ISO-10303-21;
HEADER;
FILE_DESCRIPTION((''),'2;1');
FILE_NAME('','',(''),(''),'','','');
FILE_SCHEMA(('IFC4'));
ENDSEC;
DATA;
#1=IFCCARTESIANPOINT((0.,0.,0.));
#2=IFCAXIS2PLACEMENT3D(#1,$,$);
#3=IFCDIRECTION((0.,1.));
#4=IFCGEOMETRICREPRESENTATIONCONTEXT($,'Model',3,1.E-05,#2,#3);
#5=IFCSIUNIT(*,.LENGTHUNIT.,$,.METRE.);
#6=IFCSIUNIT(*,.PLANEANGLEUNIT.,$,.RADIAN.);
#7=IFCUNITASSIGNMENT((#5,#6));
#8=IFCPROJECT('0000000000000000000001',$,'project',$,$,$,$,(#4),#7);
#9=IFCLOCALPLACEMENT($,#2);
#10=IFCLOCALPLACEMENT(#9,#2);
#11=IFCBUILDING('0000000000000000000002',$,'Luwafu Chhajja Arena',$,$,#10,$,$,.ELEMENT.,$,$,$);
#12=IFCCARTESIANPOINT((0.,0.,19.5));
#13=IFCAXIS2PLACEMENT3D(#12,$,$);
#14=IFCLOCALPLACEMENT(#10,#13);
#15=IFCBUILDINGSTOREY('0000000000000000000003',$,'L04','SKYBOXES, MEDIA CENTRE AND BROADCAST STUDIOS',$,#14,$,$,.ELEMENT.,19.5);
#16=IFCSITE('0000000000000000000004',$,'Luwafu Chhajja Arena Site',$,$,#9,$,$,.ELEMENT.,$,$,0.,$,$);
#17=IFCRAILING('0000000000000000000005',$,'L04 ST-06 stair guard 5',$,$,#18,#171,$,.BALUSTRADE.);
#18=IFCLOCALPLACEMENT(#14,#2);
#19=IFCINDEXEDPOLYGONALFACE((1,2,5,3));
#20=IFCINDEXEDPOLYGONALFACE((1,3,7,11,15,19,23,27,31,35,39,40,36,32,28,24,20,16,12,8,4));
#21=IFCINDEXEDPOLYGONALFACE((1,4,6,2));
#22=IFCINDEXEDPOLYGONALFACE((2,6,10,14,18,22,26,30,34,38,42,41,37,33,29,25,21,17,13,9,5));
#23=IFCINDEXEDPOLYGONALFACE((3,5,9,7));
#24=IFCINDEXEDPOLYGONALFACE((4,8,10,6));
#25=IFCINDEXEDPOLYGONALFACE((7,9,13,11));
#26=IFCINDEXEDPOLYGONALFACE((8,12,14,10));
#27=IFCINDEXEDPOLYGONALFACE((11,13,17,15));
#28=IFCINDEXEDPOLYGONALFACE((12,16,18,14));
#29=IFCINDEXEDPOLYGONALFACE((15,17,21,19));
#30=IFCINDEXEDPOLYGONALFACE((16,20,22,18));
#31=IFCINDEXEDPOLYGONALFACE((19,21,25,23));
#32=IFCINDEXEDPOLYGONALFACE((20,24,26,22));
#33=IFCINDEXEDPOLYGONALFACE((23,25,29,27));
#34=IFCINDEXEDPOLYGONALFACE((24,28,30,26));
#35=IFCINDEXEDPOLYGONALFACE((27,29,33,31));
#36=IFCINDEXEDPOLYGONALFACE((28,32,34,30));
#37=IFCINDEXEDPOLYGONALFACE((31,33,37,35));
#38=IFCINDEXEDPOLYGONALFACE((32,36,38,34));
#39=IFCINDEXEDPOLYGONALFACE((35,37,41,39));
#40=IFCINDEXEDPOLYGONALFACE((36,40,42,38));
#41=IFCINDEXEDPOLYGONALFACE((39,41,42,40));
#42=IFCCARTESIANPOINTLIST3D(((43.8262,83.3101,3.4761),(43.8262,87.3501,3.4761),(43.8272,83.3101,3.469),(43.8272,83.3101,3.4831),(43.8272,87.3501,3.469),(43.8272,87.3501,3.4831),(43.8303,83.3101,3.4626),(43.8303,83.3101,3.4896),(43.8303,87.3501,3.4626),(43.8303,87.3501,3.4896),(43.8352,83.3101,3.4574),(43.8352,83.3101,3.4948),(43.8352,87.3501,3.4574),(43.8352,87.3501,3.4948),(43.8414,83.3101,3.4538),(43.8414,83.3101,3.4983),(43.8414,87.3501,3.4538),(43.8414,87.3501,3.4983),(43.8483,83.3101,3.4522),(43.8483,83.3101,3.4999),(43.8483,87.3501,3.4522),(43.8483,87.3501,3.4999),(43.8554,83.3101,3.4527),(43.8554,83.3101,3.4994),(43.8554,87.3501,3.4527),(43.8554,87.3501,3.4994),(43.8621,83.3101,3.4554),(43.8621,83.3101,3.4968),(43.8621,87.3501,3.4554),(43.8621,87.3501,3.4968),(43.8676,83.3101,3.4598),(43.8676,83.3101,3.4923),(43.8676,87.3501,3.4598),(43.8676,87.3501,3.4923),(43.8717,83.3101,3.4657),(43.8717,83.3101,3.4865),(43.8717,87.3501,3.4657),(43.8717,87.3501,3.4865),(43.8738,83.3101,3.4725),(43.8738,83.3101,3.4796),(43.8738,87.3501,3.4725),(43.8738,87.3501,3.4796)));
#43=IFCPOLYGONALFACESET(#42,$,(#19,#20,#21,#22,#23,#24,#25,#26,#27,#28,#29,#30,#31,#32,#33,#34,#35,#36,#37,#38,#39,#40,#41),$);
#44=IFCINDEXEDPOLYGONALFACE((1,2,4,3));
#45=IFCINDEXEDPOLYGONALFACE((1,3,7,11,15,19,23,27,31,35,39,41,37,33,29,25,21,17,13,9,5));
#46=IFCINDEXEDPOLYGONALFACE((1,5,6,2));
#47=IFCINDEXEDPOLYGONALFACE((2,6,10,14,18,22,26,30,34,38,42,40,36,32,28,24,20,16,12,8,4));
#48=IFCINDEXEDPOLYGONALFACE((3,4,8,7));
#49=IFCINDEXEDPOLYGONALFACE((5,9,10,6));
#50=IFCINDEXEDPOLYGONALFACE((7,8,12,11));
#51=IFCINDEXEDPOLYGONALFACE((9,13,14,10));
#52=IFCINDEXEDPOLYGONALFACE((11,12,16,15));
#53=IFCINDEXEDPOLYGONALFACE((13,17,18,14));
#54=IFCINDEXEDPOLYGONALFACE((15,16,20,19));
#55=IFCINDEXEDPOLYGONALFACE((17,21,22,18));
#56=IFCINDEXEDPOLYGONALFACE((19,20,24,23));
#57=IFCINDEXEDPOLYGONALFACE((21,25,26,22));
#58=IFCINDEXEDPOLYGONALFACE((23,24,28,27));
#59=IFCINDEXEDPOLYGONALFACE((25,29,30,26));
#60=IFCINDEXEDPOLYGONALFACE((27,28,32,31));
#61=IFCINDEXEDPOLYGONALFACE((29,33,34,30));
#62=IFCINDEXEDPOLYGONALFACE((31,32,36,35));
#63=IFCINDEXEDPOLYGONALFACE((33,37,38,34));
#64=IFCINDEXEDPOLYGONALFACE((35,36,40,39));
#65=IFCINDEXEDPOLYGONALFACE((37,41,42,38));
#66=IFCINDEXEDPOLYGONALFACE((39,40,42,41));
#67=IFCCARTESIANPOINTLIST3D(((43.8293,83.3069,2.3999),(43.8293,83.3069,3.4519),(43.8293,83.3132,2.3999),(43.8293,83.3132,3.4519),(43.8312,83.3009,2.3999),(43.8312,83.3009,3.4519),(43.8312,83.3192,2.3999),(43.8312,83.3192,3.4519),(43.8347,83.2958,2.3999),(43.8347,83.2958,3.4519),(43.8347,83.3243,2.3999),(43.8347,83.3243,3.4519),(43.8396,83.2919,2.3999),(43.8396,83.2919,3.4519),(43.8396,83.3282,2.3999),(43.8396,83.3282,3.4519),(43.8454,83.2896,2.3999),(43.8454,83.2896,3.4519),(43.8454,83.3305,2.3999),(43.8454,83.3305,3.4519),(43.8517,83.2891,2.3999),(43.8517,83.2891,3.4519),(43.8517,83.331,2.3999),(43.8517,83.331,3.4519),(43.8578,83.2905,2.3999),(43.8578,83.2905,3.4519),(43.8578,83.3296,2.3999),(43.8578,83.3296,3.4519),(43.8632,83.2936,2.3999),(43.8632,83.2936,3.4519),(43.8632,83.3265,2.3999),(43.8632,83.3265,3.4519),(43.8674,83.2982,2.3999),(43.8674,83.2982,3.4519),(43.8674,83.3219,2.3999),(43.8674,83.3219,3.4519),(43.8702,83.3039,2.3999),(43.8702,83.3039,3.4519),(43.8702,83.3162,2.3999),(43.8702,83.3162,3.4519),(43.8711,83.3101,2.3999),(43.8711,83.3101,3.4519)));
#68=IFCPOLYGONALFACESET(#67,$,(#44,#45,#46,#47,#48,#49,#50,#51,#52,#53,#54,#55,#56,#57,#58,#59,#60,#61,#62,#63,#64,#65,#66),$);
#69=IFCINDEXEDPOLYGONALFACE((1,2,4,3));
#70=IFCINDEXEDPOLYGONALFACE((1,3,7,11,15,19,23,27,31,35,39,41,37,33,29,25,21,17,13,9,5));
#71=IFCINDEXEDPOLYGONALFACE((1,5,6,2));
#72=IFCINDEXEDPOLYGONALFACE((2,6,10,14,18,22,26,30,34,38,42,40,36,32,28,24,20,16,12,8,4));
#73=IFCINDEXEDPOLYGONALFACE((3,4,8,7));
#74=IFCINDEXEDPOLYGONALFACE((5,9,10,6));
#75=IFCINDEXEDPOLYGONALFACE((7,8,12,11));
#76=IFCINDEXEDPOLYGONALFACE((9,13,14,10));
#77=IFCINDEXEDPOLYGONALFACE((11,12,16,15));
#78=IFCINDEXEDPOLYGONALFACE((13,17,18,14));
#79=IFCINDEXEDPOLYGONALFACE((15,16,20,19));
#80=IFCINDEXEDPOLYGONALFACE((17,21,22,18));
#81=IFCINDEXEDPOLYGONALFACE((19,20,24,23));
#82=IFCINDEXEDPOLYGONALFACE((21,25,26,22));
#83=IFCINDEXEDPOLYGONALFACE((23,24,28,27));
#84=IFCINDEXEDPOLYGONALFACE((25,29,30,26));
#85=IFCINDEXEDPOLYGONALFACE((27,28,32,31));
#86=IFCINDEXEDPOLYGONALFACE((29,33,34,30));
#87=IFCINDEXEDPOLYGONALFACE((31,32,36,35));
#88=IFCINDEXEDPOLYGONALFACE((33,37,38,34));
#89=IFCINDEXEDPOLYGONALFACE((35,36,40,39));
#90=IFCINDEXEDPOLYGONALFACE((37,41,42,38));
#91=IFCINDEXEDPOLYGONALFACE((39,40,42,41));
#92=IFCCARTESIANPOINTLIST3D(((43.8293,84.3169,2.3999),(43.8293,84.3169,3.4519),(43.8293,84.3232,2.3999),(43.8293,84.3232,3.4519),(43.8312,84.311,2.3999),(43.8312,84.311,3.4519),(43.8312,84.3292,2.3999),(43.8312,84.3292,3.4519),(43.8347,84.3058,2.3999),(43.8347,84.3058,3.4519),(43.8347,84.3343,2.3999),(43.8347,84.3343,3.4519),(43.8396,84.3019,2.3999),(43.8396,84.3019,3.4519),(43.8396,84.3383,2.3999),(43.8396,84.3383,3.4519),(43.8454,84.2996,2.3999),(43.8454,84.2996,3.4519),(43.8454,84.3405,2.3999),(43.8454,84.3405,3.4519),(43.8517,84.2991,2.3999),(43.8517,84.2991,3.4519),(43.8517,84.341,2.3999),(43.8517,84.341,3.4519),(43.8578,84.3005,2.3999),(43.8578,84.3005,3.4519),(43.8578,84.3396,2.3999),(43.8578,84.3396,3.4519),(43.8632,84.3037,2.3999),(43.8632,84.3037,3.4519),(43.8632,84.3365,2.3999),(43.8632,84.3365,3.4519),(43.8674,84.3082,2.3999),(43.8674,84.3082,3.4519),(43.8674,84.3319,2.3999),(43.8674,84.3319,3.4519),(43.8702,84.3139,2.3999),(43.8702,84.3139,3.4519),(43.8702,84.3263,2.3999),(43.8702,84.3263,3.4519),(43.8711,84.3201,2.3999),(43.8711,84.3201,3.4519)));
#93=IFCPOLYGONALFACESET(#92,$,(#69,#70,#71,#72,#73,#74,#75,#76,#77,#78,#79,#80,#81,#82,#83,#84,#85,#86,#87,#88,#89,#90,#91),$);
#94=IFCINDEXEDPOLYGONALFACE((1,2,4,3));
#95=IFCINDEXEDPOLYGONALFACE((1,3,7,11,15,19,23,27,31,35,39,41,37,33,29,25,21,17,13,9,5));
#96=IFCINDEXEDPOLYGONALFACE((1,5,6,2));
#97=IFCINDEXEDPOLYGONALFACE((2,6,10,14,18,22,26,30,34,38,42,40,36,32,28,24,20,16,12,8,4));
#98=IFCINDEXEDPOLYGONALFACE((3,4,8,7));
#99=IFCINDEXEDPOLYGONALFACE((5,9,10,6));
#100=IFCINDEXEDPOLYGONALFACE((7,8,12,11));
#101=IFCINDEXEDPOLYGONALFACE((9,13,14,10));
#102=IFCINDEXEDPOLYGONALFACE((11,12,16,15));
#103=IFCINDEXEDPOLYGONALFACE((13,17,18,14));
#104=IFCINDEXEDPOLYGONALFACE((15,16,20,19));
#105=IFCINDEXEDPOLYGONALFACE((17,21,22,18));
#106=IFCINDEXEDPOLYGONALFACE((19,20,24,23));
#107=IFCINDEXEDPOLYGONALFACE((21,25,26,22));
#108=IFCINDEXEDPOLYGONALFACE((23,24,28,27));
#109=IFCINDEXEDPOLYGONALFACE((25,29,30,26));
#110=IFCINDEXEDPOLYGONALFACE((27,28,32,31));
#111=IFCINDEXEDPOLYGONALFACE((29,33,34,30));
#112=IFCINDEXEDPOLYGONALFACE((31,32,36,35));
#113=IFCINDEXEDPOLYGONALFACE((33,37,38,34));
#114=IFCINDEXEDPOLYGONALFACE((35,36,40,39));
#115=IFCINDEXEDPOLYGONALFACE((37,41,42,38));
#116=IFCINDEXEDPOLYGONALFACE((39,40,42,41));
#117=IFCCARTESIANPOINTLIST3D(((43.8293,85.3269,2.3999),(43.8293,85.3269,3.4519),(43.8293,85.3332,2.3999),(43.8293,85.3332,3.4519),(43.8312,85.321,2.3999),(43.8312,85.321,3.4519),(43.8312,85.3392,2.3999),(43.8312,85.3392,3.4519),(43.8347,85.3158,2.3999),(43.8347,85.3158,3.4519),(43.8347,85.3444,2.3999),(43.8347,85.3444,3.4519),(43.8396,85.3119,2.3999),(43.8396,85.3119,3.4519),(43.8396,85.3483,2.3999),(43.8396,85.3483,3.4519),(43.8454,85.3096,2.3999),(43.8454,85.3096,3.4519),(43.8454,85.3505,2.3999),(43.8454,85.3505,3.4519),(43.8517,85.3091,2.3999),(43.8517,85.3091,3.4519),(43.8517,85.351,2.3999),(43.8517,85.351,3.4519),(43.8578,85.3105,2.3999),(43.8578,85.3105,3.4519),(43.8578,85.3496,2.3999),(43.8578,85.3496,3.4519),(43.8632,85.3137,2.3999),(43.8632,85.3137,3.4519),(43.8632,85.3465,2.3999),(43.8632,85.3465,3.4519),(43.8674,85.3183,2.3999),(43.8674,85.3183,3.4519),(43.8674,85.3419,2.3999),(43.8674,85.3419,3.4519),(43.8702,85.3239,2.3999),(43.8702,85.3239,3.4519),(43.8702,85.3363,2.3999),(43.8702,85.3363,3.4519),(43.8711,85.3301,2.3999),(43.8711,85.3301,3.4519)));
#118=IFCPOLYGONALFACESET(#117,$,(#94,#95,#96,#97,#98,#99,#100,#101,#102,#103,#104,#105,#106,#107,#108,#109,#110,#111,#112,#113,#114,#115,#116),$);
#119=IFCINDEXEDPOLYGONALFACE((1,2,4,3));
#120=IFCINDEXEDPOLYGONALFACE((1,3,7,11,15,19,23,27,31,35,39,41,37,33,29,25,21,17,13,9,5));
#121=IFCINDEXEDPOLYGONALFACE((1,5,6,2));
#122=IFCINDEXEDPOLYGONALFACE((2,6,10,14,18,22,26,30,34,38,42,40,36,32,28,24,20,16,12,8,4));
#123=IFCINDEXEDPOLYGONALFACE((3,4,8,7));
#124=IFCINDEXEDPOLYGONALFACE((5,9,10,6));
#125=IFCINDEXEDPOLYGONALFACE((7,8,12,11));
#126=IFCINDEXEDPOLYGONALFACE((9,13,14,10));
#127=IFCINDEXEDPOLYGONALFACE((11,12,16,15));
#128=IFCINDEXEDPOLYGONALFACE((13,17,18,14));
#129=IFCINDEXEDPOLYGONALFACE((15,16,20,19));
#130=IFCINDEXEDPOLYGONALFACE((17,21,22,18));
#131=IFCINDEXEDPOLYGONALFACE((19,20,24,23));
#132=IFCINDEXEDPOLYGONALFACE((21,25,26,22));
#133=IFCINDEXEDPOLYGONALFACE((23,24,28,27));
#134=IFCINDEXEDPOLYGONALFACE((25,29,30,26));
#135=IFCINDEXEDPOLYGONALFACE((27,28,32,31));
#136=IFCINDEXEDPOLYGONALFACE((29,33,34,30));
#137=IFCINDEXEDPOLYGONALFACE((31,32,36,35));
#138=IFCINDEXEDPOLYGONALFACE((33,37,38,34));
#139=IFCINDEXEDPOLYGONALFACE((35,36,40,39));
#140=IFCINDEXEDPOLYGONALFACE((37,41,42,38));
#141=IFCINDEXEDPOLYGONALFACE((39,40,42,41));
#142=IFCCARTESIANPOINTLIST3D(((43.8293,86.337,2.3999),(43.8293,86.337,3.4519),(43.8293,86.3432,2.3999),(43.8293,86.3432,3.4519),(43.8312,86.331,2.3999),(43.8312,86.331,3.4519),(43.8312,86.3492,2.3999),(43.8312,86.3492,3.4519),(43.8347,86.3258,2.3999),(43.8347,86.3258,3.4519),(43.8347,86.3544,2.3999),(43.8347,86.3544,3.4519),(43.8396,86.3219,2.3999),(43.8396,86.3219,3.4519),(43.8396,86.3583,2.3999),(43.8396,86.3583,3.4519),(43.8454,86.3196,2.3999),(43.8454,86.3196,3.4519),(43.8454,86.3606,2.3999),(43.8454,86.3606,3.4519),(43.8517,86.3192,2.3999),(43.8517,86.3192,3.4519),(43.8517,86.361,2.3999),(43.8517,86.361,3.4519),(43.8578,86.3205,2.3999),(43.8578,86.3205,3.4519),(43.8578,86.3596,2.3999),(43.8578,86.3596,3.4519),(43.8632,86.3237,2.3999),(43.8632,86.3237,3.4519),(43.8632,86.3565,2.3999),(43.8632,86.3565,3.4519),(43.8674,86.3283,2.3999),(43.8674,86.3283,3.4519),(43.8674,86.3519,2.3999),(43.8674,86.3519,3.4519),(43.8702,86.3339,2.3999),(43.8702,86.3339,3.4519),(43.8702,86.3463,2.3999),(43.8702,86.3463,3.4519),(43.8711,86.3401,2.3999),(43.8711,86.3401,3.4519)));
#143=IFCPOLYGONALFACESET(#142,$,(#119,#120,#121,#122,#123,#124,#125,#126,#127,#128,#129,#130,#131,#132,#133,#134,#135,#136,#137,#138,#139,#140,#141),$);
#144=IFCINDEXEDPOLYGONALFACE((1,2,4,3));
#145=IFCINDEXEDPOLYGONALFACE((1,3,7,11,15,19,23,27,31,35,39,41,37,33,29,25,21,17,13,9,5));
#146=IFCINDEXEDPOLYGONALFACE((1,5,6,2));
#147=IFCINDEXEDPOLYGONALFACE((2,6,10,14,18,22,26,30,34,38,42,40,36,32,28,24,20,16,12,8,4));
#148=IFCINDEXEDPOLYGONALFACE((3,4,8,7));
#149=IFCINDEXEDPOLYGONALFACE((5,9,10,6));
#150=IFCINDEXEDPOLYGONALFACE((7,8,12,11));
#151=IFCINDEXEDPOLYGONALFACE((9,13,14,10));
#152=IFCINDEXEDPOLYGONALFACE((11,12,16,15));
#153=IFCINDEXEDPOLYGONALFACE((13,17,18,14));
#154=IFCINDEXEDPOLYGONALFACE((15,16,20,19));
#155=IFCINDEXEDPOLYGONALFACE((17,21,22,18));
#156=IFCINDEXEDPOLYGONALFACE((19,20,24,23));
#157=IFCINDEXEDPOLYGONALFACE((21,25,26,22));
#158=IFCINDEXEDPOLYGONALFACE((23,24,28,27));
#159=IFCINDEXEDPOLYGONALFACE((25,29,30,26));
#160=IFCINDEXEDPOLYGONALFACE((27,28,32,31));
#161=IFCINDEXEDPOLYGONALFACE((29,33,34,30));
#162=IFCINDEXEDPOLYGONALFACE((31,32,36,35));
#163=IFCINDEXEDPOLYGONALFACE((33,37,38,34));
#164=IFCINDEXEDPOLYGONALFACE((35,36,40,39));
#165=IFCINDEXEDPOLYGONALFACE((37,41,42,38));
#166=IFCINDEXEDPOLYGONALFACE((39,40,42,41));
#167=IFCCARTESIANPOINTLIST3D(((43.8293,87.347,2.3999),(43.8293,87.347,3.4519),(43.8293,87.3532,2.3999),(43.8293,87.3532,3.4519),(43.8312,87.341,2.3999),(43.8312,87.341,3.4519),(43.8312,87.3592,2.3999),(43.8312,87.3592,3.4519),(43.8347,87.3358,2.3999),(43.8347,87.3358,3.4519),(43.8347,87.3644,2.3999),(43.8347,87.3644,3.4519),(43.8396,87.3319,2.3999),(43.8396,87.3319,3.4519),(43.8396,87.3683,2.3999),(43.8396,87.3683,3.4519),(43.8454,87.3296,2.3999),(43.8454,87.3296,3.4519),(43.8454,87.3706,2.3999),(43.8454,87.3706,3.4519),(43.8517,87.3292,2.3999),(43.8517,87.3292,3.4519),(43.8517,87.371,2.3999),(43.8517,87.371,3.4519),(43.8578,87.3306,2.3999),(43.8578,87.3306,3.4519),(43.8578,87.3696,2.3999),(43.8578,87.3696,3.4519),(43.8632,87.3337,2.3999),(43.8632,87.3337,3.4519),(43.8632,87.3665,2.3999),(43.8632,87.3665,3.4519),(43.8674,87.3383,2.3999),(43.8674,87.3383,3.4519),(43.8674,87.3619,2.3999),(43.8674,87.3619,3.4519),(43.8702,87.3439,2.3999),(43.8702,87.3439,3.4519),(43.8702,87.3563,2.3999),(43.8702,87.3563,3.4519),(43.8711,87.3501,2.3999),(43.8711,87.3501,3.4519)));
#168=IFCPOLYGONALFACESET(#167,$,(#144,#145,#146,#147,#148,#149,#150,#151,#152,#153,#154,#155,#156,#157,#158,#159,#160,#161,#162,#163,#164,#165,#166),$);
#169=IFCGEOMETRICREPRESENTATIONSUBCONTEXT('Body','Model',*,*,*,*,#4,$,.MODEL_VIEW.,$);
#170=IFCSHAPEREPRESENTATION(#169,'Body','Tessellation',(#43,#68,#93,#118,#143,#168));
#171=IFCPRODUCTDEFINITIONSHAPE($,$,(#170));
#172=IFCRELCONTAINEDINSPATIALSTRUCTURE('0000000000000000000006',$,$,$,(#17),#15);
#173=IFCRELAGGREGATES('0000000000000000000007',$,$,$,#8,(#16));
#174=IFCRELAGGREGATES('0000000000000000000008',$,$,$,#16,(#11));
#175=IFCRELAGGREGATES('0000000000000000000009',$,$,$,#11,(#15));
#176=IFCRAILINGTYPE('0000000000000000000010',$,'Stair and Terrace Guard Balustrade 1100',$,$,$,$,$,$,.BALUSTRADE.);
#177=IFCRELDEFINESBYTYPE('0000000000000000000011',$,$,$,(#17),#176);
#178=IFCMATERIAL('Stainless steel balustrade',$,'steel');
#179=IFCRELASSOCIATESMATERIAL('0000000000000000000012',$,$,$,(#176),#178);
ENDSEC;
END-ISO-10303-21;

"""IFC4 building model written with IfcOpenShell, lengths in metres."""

from ifc_helpers import new_model, si_unit, direction, frame, origin, origin_2d, place, context, subcontext, project, spatial, circle, extrude, material, type_object, element, save


model = new_model("IFC4")

# Units and contexts
model_context = context("Model", 3, precision=1e-05, world=origin(), true_north=direction((0.0, 1.0)))
body_context = subcontext(model_context, "Body", "Model", "MODEL_VIEW")
ifc_project = project(units=[si_unit("LENGTHUNIT", "METRE"), si_unit("PLANEANGLEUNIT", "RADIAN")], contexts=[model_context])

# Site, building, storey
site_placement = place(None, origin())
site = spatial("IfcSite", under=ifc_project, at=site_placement, Name="Luwafu Chhajja Arena Site", CompositionType="ELEMENT", RefElevation=0.0)
building_placement = place(site_placement, origin())
building = spatial("IfcBuilding", under=site, at=building_placement, Name="Luwafu Chhajja Arena", CompositionType="ELEMENT")
storey_placement = place(building_placement, frame((0.0, 0.0, 19.5)))
storey = spatial("IfcBuildingStorey", under=building, at=storey_placement, Name="L04", Description="SKYBOXES, MEDIA CENTRE AND BROADCAST STUDIOS", CompositionType="ELEMENT", Elevation=19.5)

# Railing
ifc_material_1 = material(Name="Stainless steel balustrade", Category="steel")
railing_type_1 = type_object("IfcRailingType", Name="Stair and Terrace Guard Balustrade 1100", PredefinedType="BALUSTRADE", material=ifc_material_1)
railing_1_placement = place(storey_placement, frame((43.8501, 83.3101, 2.3999)))
element("IfcRailing", 1, at=railing_1_placement, inside=storey, type_object=railing_type_1, Name="L04 ST-06 stair guard 5", PredefinedType="BALUSTRADE", context=body_context, shape_type="SweptSolid", body=[
    extrude(circle(Radius=0.0239, at=origin_2d()), frame((0.0, 0.0, 1.0762), z_axis=(0.0, 1.0, 0.0), x_axis=(-1.0, 0.0, 0.0)), (0.0, 0.0, 1.0), 4.04),
    extrude(circle(Radius=0.021, at=origin_2d()), origin(), (0.0, 0.0, 1.0), 1.052),
    extrude(circle(Radius=0.021, at=origin_2d()), frame((0.0, 1.01, 0.0)), (0.0, 0.0, 1.0), 1.052),
    extrude(circle(Radius=0.021, at=origin_2d()), frame((0.0, 2.02, 0.0)), (0.0, 0.0, 1.0), 1.052),
    extrude(circle(Radius=0.021, at=origin_2d()), frame((0.0, 3.03, 0.0)), (0.0, 0.0, 1.0), 1.052),
    extrude(circle(Radius=0.021, at=origin_2d()), frame((0.0, 4.04, 0.0)), (0.0, 0.0, 1.0), 1.052),
])

save(model, "model.ifc")
